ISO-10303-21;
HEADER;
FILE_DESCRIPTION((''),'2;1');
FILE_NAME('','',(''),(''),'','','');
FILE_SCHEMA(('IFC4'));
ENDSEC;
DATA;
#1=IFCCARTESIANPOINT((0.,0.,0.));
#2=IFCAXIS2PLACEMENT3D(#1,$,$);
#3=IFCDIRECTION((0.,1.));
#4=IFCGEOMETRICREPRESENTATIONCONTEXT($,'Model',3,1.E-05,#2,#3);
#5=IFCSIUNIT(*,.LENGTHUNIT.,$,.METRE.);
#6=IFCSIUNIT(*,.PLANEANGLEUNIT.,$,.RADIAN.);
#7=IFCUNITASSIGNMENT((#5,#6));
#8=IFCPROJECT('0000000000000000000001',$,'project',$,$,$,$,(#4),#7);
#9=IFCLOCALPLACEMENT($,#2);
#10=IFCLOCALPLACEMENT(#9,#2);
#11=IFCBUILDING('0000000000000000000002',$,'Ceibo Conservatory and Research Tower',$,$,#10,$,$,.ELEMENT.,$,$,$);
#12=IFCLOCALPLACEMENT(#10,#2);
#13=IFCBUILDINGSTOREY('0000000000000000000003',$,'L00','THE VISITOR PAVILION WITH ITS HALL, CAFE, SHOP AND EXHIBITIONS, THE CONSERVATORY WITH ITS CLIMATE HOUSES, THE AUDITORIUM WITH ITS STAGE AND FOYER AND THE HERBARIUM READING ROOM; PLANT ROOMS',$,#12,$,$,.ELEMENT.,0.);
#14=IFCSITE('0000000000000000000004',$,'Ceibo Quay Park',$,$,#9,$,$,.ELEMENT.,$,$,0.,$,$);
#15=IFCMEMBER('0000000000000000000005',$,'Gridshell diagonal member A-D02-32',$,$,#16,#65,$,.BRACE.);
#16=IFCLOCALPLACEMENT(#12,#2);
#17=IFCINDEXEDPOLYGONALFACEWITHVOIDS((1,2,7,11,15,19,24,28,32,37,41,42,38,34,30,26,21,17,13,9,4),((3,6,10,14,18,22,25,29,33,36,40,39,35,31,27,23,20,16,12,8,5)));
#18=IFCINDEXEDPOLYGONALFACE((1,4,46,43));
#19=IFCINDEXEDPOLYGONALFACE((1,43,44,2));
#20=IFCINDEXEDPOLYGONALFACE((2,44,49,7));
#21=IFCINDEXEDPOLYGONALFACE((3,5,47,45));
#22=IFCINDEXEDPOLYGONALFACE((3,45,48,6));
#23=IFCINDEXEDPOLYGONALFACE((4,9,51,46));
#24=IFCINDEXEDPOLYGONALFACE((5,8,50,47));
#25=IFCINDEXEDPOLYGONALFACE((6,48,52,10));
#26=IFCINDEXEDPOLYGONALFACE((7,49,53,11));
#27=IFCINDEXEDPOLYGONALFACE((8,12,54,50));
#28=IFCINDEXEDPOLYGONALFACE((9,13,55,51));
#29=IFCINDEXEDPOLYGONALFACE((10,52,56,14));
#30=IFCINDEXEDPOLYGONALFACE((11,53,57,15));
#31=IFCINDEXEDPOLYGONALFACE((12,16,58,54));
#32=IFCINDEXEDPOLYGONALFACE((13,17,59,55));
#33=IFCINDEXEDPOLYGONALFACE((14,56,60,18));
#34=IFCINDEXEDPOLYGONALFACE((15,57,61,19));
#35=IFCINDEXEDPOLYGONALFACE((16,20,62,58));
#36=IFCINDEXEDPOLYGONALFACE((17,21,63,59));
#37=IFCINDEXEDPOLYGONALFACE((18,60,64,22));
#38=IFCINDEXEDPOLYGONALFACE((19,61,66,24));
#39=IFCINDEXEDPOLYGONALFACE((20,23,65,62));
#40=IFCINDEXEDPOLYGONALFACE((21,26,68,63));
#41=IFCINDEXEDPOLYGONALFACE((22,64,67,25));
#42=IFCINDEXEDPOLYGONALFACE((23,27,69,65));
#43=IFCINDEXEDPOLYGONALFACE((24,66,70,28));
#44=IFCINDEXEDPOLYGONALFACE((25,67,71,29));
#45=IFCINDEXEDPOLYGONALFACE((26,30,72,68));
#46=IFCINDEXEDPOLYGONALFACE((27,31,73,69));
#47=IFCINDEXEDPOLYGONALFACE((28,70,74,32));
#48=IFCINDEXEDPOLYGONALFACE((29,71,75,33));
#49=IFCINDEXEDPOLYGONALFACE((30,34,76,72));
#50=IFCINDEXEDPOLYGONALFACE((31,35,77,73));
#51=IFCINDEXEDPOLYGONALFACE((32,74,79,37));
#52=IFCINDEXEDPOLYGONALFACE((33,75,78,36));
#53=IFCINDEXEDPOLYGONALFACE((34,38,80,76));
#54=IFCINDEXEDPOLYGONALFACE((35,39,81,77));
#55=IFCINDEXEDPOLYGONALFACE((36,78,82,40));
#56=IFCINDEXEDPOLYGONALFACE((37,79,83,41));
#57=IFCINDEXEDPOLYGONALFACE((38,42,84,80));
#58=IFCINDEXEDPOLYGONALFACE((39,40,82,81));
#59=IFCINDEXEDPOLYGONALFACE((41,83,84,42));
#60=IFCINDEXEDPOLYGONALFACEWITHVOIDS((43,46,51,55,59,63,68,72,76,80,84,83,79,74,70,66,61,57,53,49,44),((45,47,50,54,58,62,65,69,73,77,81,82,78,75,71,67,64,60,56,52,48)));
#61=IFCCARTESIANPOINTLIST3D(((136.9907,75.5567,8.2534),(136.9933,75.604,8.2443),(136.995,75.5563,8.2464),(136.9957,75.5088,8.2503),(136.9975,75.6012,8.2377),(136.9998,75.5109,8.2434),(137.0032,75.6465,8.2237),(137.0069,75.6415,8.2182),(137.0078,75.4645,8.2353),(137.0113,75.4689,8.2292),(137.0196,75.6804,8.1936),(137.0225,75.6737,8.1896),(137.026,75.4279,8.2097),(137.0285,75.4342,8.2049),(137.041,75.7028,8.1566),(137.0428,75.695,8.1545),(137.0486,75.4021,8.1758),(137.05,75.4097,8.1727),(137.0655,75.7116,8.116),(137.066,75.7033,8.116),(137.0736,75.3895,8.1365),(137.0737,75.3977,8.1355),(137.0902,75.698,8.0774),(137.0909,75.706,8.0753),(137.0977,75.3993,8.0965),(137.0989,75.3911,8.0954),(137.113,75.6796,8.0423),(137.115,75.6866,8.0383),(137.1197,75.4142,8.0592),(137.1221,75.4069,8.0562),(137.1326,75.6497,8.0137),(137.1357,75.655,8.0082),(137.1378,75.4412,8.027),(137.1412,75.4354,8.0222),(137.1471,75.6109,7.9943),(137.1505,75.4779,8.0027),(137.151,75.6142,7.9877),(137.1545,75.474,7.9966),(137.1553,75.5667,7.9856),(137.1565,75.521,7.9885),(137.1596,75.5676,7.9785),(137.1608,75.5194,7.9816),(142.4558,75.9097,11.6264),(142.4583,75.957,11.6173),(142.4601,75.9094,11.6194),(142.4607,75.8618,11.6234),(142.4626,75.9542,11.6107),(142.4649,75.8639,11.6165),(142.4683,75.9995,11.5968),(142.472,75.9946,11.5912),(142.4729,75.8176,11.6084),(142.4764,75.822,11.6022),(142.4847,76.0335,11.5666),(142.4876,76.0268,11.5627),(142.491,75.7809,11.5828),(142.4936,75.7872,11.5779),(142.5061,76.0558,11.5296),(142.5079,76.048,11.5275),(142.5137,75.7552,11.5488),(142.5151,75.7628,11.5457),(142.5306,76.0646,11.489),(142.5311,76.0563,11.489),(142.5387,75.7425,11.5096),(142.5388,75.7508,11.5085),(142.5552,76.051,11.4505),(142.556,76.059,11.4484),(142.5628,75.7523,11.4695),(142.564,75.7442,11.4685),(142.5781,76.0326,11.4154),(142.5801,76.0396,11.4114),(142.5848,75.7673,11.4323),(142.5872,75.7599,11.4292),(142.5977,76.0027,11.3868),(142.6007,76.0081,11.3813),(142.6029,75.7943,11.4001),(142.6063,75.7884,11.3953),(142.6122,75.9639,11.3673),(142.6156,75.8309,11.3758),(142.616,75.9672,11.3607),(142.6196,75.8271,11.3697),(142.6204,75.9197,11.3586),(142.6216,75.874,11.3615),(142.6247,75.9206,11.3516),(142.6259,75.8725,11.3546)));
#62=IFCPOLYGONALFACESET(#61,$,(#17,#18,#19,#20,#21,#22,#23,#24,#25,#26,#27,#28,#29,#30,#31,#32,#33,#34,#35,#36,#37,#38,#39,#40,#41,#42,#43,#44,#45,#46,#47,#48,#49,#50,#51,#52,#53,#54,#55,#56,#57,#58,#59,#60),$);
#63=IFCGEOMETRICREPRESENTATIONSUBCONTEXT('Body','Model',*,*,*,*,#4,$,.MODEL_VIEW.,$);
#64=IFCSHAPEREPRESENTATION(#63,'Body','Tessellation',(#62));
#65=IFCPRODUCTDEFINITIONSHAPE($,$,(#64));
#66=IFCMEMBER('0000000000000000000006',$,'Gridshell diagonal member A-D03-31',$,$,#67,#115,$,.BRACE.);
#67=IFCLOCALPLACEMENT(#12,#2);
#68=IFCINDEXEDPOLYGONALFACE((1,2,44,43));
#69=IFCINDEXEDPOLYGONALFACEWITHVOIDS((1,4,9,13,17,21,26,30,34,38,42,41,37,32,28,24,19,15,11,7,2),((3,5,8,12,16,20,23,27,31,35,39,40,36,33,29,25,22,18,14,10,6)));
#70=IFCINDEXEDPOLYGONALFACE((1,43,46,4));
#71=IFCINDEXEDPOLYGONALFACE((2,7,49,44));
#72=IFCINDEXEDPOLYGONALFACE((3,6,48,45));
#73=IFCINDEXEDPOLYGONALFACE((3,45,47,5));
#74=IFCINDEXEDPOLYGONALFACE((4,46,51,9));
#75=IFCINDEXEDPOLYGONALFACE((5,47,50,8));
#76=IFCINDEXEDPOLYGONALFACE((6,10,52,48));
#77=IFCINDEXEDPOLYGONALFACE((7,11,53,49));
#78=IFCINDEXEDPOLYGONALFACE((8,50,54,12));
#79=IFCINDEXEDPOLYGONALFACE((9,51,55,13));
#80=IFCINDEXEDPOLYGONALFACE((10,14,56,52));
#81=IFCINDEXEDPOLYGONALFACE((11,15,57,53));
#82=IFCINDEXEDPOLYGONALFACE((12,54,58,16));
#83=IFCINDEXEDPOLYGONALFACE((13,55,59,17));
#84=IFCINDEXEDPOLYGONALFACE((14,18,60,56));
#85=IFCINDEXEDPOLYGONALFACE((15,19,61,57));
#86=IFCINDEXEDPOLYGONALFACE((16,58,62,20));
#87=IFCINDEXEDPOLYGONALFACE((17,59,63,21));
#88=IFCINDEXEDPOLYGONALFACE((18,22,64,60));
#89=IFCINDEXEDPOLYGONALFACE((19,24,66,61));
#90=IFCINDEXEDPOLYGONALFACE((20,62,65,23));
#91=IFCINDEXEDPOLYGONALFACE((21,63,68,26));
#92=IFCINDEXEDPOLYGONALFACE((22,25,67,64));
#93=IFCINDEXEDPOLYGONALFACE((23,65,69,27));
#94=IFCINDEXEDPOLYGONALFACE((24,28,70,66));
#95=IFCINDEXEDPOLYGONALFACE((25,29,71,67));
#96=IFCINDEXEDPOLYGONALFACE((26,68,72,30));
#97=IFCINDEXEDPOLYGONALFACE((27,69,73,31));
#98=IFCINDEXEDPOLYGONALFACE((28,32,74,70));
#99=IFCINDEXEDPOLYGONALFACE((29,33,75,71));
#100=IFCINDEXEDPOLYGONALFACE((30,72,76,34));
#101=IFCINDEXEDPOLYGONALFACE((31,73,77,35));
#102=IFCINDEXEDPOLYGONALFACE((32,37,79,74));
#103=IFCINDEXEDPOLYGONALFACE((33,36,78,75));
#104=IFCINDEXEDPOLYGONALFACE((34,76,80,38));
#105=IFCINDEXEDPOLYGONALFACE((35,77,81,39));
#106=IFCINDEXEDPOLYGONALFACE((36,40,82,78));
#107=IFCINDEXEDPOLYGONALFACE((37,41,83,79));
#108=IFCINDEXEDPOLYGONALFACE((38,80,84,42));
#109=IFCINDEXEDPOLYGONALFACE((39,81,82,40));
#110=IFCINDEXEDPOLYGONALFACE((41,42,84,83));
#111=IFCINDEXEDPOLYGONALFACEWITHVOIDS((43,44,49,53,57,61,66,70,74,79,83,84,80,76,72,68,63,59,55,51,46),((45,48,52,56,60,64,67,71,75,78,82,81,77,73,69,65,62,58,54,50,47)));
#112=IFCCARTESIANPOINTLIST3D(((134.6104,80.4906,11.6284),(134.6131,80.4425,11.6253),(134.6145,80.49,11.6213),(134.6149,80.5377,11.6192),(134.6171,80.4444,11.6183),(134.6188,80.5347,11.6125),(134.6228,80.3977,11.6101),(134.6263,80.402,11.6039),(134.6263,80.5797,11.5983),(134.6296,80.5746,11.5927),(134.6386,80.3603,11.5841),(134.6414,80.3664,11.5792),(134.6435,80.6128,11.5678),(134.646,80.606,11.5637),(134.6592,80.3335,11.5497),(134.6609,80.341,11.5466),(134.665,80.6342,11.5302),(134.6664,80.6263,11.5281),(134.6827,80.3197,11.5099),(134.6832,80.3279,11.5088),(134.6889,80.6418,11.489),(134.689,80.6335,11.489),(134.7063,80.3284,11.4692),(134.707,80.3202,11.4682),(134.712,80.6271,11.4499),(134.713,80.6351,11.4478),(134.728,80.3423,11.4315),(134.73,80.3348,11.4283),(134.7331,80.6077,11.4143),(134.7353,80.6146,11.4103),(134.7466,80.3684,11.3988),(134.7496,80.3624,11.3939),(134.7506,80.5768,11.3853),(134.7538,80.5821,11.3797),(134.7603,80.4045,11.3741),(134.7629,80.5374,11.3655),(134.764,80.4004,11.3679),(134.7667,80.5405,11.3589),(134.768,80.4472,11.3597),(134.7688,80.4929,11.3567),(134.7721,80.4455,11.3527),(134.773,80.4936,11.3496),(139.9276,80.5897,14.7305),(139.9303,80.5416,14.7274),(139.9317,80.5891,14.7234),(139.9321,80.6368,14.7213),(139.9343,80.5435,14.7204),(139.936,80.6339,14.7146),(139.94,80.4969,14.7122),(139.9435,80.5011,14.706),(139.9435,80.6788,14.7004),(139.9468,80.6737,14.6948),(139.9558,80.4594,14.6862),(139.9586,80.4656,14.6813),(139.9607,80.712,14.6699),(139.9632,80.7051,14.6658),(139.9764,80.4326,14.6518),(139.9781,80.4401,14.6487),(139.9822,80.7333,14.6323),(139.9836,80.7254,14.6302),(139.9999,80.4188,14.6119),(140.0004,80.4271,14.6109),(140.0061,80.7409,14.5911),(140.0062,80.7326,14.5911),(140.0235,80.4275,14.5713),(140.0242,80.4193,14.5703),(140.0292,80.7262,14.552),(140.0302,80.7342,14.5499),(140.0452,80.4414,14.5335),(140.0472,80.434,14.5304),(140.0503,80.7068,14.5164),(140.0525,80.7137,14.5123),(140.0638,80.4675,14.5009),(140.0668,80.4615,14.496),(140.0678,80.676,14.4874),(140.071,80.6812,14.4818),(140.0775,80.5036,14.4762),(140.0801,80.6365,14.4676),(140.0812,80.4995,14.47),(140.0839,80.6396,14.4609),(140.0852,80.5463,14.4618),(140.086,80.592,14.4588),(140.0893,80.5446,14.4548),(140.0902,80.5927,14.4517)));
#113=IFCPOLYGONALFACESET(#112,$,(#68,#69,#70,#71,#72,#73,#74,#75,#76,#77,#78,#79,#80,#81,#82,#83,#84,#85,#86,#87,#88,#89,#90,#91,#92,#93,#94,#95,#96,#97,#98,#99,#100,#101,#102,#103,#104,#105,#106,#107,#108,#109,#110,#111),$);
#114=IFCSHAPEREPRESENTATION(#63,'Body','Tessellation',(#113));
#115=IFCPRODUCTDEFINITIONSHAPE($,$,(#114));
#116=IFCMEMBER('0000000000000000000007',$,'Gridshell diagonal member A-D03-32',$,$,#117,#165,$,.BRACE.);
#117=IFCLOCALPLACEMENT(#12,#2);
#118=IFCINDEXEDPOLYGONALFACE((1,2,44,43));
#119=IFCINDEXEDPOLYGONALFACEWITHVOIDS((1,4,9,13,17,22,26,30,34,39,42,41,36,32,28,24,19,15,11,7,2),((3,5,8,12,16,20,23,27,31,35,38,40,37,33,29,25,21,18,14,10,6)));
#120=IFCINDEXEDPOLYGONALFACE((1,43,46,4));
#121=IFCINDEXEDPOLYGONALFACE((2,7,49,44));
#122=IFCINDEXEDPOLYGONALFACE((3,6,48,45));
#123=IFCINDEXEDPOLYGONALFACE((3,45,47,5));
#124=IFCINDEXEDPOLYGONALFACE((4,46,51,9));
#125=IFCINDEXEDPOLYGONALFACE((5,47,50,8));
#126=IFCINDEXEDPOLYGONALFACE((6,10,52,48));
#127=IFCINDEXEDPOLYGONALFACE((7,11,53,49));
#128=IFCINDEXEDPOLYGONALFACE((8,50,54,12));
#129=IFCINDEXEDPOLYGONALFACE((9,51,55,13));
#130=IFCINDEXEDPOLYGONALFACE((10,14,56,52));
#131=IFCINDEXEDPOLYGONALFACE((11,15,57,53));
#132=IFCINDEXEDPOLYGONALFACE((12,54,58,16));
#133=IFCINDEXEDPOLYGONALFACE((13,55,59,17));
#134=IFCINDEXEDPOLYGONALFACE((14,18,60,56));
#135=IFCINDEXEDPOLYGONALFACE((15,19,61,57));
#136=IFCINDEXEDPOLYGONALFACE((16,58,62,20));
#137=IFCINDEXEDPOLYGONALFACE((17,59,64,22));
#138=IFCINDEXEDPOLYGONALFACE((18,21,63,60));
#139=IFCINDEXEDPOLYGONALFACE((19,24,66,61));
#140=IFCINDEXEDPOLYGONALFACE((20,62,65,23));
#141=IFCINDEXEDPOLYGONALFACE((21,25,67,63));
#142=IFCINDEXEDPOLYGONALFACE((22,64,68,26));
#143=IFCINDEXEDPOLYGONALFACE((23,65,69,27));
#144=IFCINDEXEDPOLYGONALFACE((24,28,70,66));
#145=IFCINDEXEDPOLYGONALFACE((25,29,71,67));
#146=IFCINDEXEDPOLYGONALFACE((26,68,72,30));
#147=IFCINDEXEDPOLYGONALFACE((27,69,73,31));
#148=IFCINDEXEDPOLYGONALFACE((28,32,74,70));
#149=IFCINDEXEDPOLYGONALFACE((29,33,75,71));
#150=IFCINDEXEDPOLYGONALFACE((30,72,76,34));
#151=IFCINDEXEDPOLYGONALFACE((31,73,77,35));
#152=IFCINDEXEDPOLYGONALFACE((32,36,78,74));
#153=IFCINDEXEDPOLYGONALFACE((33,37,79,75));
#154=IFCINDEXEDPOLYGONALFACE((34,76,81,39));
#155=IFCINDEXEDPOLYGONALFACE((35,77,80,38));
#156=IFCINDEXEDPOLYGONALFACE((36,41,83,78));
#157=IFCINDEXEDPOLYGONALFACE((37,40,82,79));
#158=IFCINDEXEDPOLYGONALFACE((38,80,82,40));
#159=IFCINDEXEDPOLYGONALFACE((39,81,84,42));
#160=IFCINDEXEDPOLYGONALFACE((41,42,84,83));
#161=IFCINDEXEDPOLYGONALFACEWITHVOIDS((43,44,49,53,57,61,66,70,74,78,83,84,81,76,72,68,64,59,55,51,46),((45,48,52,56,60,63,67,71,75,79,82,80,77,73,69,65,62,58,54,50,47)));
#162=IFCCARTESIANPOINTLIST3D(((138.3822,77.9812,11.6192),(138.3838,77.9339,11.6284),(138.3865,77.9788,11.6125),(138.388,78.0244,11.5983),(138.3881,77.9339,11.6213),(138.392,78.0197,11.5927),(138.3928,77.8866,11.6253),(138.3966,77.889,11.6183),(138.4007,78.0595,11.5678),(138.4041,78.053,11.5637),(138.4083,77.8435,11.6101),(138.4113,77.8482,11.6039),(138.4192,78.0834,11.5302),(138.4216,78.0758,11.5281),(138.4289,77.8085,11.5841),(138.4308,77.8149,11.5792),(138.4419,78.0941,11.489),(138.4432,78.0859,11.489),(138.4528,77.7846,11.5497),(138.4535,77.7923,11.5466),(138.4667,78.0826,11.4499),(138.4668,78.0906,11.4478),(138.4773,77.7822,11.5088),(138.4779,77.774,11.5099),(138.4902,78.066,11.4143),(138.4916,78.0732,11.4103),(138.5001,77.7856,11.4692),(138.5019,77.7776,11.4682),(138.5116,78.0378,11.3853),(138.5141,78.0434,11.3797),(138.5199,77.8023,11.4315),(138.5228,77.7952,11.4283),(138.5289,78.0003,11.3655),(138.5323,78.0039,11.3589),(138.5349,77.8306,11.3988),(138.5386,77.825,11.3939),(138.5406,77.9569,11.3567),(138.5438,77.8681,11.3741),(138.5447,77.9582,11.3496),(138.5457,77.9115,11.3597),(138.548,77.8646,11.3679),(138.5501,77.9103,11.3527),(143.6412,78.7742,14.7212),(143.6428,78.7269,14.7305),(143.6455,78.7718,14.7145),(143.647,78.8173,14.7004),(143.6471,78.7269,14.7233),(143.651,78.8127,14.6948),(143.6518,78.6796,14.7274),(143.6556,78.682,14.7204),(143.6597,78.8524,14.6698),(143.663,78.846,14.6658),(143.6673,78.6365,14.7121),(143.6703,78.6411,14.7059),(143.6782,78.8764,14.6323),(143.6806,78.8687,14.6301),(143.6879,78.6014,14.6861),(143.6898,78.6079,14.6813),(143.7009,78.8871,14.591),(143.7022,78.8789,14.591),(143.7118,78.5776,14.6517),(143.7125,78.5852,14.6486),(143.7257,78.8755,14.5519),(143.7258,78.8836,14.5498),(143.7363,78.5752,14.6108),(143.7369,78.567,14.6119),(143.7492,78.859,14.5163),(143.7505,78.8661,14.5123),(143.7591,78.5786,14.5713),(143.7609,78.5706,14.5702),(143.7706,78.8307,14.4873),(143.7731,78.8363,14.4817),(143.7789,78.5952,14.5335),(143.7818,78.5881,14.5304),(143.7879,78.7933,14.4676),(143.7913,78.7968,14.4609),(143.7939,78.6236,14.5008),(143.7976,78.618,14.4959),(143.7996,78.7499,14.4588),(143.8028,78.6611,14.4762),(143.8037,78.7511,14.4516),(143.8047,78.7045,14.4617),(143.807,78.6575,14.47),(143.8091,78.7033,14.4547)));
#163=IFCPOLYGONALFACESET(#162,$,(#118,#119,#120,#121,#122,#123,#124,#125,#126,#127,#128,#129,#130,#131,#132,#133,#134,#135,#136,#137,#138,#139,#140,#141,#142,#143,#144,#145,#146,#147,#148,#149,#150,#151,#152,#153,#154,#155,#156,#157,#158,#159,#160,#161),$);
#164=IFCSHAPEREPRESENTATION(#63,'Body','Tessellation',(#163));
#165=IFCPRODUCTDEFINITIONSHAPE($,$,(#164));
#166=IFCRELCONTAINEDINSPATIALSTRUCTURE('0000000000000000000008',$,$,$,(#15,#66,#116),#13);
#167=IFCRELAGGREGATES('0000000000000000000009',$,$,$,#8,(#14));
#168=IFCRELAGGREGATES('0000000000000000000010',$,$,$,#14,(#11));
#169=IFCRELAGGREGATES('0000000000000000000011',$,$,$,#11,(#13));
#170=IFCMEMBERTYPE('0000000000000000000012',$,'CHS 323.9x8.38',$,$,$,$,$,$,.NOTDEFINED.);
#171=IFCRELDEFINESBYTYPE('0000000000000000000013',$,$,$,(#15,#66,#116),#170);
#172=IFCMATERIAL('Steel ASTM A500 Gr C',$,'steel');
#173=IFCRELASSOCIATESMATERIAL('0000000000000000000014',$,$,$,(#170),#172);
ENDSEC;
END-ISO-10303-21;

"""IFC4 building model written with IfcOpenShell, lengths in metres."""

from ifc_helpers import new_model, si_unit, direction, frame, origin, origin_2d, place, context, subcontext, project, spatial, hollow_circle, extrude, material, material_profile, profile_set, type_object, element, save


model = new_model("IFC4")

# Units and contexts
model_context = context("Model", 3, precision=1e-05, world=origin(), true_north=direction((0.0, 1.0)))
body_context = subcontext(model_context, "Body", "Model", "MODEL_VIEW")
ifc_project = project(units=[si_unit("LENGTHUNIT", "METRE"), si_unit("PLANEANGLEUNIT", "RADIAN")], contexts=[model_context])

# Site, building, storey
site_placement = place(None, origin())
site = spatial("IfcSite", under=ifc_project, at=site_placement, Name="Ceibo Quay Park", CompositionType="ELEMENT", RefElevation=0.0)
building_placement = place(site_placement, origin())
building = spatial("IfcBuilding", under=site, at=building_placement, Name="Ceibo Conservatory and Research Tower", CompositionType="ELEMENT")
storey_placement = place(building_placement, origin())
storey = spatial("IfcBuildingStorey", under=building, at=storey_placement, Name="L00", Description="THE VISITOR PAVILION WITH ITS HALL, CAFE, SHOP AND EXHIBITIONS, THE CONSERVATORY WITH ITS CLIMATE HOUSES, THE AUDITORIUM WITH ITS STAGE AND FOYER AND THE HERBARIUM READING ROOM; PLANT ROOMS", CompositionType="ELEMENT", Elevation=0.0)

# Members
ifc_material_1 = material(Name="Steel ASTM A500 Gr C", Category="steel")
ifc_material_profile_1 = material_profile(ifc_material_1, hollow_circle(Radius=0.1619, WallThickness=0.0083, at=origin_2d()), Name="CHS 323.9x8.38")
ifc_profile_set_1 = profile_set([ifc_material_profile_1], Name="Steel ASTM A500 Gr C")
member_type_1 = type_object("IfcMemberType", Name="CHS 323.9x8.38", PredefinedType="NOTDEFINED", material=ifc_profile_set_1)
member_1_placement = place(storey_placement, frame((137.0759, 75.55, 8.116), z_axis=(0.849686, 0.054887, 0.524425), x_axis=(-0.064462, 0.99792, 0.0)))
element("IfcMember", 1, at=member_1_placement, inside=storey, type_object=member_type_1, Name="Gridshell diagonal member A-D02-32", PredefinedType="BRACE", context=body_context, shape_type="SweptSolid", body=[
    extrude(hollow_circle(Radius=0.1619, WallThickness=0.0083, at=origin_2d()), origin(), (0.0, 0.0, 1.0), 6.4319),
])
member_2_placement = place(storey_placement, frame((134.6919, 80.48, 11.489), z_axis=(0.86364, 0.0161, 0.503853), x_axis=(-0.018639, 0.999826, 0.0)))
element("IfcMember", 2, at=member_2_placement, inside=storey, type_object=member_type_1, Name="Gridshell diagonal member A-D03-31", PredefinedType="BRACE", context=body_context, shape_type="SweptSolid", body=[
    extrude(hollow_circle(Radius=0.1619, WallThickness=0.0083, at=origin_2d()), origin(), (0.0, 0.0, 1.0), 6.1567),
])
member_3_placement = place(storey_placement, frame((138.4661, 77.9341, 11.489), z_axis=(0.854152, 0.128791, 0.503823), x_axis=(-0.149097, 0.988823, 0.0)))
element("IfcMember", 3, at=member_3_placement, inside=storey, type_object=member_type_1, Name="Gridshell diagonal member A-D03-32", PredefinedType="BRACE", context=body_context, shape_type="SweptSolid", body=[
    extrude(hollow_circle(Radius=0.1619, WallThickness=0.0083, at=origin_2d()), origin(), (0.0, 0.0, 1.0), 6.157),
])

save(model, "model.ifc")
